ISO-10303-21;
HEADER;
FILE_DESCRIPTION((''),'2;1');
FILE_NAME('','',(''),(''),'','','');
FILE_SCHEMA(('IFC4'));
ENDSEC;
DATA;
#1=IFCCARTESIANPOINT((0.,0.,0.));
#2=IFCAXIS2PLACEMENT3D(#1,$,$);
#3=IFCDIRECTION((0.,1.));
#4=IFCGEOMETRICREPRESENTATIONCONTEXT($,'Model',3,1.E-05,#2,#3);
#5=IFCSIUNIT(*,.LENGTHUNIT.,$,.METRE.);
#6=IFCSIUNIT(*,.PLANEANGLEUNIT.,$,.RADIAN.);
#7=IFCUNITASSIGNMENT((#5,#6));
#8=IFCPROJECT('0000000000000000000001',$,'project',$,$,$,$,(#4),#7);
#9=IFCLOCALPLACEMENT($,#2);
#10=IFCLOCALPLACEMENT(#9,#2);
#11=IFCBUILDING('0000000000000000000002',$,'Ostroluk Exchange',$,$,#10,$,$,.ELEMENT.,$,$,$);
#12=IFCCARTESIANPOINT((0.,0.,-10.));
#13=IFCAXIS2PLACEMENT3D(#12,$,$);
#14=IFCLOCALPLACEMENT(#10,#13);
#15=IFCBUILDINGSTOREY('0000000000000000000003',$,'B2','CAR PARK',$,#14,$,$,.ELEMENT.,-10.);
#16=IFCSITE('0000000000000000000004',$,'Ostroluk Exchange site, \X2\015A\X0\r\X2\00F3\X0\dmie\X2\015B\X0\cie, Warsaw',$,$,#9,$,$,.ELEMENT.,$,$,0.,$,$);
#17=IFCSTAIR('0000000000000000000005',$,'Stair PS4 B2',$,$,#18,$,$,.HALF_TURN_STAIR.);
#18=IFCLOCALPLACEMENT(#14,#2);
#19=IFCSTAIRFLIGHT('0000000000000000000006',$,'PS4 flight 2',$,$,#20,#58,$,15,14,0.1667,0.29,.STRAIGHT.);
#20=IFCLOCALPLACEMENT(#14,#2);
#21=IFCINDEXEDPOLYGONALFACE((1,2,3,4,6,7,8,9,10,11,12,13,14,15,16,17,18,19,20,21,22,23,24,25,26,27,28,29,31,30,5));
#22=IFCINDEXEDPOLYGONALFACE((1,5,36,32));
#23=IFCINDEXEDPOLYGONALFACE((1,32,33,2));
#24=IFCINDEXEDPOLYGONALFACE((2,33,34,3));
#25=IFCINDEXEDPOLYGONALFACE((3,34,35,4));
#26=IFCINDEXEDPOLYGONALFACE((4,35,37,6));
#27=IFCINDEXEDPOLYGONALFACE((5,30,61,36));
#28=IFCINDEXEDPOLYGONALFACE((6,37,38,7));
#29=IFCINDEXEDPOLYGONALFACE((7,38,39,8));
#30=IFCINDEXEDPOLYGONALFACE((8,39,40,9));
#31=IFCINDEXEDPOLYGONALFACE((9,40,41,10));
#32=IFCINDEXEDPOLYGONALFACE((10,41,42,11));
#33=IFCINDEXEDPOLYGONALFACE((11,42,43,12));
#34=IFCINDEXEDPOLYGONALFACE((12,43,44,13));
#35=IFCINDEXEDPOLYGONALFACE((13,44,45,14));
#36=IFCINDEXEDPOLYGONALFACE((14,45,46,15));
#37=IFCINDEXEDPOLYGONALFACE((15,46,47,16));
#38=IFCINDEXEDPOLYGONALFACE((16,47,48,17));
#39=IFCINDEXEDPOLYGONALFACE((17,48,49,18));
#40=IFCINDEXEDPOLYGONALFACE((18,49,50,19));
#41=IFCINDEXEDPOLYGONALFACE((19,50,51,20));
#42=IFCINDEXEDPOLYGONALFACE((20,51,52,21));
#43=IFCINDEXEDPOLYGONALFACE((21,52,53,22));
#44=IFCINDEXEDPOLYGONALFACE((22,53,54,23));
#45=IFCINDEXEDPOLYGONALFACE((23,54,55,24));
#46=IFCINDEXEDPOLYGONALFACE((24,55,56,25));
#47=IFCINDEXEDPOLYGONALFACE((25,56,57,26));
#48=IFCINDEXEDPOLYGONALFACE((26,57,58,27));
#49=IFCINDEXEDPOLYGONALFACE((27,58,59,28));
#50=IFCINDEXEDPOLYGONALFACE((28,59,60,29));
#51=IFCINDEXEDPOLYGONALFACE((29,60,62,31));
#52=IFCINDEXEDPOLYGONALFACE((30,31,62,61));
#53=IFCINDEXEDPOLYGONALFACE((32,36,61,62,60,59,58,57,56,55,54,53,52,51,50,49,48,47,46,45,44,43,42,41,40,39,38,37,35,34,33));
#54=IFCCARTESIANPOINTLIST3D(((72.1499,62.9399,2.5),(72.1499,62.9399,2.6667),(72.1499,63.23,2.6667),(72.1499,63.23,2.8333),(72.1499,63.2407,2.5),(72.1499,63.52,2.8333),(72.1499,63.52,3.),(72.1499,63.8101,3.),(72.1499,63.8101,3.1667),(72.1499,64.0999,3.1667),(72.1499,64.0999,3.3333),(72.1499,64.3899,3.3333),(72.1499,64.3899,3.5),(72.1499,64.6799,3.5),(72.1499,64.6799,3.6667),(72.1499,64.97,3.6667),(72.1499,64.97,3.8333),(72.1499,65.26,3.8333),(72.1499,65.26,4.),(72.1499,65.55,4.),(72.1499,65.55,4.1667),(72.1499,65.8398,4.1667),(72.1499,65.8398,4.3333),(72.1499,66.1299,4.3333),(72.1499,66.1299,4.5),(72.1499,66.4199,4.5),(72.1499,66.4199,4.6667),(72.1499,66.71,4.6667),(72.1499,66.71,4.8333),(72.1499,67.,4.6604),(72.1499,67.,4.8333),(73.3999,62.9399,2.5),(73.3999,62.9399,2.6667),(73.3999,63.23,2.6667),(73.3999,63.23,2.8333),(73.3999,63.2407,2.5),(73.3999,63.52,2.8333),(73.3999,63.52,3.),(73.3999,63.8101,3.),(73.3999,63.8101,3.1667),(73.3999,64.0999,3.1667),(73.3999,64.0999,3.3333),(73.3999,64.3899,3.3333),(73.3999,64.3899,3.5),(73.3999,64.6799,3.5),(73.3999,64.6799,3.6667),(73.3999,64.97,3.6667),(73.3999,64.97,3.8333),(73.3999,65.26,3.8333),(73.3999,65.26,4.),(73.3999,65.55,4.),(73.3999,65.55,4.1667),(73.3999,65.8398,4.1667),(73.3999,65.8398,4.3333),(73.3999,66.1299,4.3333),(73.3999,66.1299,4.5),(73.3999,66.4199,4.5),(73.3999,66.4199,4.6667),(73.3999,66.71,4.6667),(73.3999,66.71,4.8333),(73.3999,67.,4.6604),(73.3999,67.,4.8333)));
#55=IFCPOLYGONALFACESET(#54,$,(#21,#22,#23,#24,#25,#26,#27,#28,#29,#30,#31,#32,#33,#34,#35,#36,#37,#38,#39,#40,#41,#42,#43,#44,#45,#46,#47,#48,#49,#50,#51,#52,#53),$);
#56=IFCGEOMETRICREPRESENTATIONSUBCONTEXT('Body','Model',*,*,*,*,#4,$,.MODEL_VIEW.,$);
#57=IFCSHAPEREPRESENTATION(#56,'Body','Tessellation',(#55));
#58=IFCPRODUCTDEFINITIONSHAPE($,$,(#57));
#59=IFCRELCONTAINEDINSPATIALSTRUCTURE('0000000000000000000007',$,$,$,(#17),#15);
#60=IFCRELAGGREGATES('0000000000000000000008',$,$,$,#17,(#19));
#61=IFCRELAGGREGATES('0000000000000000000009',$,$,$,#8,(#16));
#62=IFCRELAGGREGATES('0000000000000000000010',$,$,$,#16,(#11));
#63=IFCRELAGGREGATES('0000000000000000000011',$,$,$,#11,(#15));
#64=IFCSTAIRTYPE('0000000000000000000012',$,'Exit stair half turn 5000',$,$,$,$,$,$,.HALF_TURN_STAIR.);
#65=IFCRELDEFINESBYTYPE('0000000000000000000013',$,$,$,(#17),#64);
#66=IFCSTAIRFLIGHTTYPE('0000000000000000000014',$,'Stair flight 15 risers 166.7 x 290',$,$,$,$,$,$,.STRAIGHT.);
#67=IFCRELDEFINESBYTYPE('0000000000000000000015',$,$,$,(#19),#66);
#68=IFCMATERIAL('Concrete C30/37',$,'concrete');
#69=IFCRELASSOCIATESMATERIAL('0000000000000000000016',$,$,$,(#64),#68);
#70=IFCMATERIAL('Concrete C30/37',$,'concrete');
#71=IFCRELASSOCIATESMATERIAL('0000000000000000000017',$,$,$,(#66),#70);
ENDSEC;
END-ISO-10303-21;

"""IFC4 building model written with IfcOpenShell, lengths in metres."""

from ifc_helpers import new_model, si_unit, direction, frame, origin, place, context, subcontext, project, spatial, polyline, outline, extrude, material, type_object, element, aggregate, save


model = new_model("IFC4")

# Units and contexts
model_context = context("Model", 3, precision=1e-05, world=origin(), true_north=direction((0.0, 1.0)))
body_context = subcontext(model_context, "Body", "Model", "MODEL_VIEW")
ifc_project = project(units=[si_unit("LENGTHUNIT", "METRE"), si_unit("PLANEANGLEUNIT", "RADIAN")], contexts=[model_context])

# Site, building, storey
site_placement = place(None, origin())
site = spatial("IfcSite", under=ifc_project, at=site_placement, Name="Ostroluk Exchange site, Śródmieście, Warsaw", CompositionType="ELEMENT", RefElevation=0.0)
building_placement = place(site_placement, origin())
building = spatial("IfcBuilding", under=site, at=building_placement, Name="Ostroluk Exchange", CompositionType="ELEMENT")
storey_placement = place(building_placement, frame((0.0, 0.0, -10.0)))
storey = spatial("IfcBuildingStorey", under=building, at=storey_placement, Name="B2", Description="CAR PARK", CompositionType="ELEMENT", Elevation=-10.0)

# Stair, stair flight
ifc_material_1 = material(Name="Concrete C30/37", Category="concrete")
stair_type = type_object("IfcStairType", Name="Exit stair half turn 5000", PredefinedType="HALF_TURN_STAIR", material=ifc_material_1)
stair_placement = place(storey_placement, origin())
stair = element("IfcStair", 1, at=stair_placement, inside=storey, type_object=stair_type, Name="Stair PS4 B2", PredefinedType="HALF_TURN_STAIR")
ifc_material_2 = material(Name="Concrete C30/37", Category="concrete")
stair_flight_type = type_object("IfcStairFlightType", Name="Stair flight 15 risers 166.7 x 290", PredefinedType="STRAIGHT", material=ifc_material_2)
stair_flight_1_placement = place(storey_placement, frame((72.7749, 62.9399, 2.5), z_axis=(0.0, 0.0, 1.0), x_axis=(0.0, 1.0, 0.0)))
stair_flight_1 = element("IfcStairFlight", 2, at=stair_flight_1_placement, type_object=stair_flight_type, Name="PS4 flight 2", NumberOfRisers=15, NumberOfTreads=14, PredefinedType="STRAIGHT", RiserHeight=0.1667, TreadLength=0.29, context=body_context, shape_type="SweptSolid", body=[
    extrude(outline(polyline([(0.0, 0.0), (0.0, 0.1667), (0.29, 0.1667), (0.29, 0.3333), (0.5801, 0.3333), (0.5801, 0.5), (0.8701, 0.5), (0.8701, 0.6667), (1.1599, 0.6667), (1.1599, 0.8333), (1.45, 0.8333), (1.45, 1.0), (1.74, 1.0), (1.74, 1.1667), (2.03, 1.1667), (2.03, 1.3333), (2.3201, 1.3333), (2.3201, 1.5), (2.6101, 1.5), (2.6101, 1.6667), (2.8999, 1.6667), (2.8999, 1.8333), (3.1899, 1.8333), (3.1899, 2.0), (3.48, 2.0), (3.48, 2.1667), (3.77, 2.1667), (3.77, 2.3333), (4.0601, 2.3333), (4.0601, 2.5), (4.0601, 2.1604), (0.3008, 0.0), (0.0, 0.0)])), frame((0.0, 0.625, 0.0), z_axis=(0.0, -1.0, 0.0), x_axis=(1.0, 0.0, 0.0)), (0.0, 0.0, 1.0), 1.25),
])
aggregate(stair, [stair_flight_1])

save(model, "model.ifc")
